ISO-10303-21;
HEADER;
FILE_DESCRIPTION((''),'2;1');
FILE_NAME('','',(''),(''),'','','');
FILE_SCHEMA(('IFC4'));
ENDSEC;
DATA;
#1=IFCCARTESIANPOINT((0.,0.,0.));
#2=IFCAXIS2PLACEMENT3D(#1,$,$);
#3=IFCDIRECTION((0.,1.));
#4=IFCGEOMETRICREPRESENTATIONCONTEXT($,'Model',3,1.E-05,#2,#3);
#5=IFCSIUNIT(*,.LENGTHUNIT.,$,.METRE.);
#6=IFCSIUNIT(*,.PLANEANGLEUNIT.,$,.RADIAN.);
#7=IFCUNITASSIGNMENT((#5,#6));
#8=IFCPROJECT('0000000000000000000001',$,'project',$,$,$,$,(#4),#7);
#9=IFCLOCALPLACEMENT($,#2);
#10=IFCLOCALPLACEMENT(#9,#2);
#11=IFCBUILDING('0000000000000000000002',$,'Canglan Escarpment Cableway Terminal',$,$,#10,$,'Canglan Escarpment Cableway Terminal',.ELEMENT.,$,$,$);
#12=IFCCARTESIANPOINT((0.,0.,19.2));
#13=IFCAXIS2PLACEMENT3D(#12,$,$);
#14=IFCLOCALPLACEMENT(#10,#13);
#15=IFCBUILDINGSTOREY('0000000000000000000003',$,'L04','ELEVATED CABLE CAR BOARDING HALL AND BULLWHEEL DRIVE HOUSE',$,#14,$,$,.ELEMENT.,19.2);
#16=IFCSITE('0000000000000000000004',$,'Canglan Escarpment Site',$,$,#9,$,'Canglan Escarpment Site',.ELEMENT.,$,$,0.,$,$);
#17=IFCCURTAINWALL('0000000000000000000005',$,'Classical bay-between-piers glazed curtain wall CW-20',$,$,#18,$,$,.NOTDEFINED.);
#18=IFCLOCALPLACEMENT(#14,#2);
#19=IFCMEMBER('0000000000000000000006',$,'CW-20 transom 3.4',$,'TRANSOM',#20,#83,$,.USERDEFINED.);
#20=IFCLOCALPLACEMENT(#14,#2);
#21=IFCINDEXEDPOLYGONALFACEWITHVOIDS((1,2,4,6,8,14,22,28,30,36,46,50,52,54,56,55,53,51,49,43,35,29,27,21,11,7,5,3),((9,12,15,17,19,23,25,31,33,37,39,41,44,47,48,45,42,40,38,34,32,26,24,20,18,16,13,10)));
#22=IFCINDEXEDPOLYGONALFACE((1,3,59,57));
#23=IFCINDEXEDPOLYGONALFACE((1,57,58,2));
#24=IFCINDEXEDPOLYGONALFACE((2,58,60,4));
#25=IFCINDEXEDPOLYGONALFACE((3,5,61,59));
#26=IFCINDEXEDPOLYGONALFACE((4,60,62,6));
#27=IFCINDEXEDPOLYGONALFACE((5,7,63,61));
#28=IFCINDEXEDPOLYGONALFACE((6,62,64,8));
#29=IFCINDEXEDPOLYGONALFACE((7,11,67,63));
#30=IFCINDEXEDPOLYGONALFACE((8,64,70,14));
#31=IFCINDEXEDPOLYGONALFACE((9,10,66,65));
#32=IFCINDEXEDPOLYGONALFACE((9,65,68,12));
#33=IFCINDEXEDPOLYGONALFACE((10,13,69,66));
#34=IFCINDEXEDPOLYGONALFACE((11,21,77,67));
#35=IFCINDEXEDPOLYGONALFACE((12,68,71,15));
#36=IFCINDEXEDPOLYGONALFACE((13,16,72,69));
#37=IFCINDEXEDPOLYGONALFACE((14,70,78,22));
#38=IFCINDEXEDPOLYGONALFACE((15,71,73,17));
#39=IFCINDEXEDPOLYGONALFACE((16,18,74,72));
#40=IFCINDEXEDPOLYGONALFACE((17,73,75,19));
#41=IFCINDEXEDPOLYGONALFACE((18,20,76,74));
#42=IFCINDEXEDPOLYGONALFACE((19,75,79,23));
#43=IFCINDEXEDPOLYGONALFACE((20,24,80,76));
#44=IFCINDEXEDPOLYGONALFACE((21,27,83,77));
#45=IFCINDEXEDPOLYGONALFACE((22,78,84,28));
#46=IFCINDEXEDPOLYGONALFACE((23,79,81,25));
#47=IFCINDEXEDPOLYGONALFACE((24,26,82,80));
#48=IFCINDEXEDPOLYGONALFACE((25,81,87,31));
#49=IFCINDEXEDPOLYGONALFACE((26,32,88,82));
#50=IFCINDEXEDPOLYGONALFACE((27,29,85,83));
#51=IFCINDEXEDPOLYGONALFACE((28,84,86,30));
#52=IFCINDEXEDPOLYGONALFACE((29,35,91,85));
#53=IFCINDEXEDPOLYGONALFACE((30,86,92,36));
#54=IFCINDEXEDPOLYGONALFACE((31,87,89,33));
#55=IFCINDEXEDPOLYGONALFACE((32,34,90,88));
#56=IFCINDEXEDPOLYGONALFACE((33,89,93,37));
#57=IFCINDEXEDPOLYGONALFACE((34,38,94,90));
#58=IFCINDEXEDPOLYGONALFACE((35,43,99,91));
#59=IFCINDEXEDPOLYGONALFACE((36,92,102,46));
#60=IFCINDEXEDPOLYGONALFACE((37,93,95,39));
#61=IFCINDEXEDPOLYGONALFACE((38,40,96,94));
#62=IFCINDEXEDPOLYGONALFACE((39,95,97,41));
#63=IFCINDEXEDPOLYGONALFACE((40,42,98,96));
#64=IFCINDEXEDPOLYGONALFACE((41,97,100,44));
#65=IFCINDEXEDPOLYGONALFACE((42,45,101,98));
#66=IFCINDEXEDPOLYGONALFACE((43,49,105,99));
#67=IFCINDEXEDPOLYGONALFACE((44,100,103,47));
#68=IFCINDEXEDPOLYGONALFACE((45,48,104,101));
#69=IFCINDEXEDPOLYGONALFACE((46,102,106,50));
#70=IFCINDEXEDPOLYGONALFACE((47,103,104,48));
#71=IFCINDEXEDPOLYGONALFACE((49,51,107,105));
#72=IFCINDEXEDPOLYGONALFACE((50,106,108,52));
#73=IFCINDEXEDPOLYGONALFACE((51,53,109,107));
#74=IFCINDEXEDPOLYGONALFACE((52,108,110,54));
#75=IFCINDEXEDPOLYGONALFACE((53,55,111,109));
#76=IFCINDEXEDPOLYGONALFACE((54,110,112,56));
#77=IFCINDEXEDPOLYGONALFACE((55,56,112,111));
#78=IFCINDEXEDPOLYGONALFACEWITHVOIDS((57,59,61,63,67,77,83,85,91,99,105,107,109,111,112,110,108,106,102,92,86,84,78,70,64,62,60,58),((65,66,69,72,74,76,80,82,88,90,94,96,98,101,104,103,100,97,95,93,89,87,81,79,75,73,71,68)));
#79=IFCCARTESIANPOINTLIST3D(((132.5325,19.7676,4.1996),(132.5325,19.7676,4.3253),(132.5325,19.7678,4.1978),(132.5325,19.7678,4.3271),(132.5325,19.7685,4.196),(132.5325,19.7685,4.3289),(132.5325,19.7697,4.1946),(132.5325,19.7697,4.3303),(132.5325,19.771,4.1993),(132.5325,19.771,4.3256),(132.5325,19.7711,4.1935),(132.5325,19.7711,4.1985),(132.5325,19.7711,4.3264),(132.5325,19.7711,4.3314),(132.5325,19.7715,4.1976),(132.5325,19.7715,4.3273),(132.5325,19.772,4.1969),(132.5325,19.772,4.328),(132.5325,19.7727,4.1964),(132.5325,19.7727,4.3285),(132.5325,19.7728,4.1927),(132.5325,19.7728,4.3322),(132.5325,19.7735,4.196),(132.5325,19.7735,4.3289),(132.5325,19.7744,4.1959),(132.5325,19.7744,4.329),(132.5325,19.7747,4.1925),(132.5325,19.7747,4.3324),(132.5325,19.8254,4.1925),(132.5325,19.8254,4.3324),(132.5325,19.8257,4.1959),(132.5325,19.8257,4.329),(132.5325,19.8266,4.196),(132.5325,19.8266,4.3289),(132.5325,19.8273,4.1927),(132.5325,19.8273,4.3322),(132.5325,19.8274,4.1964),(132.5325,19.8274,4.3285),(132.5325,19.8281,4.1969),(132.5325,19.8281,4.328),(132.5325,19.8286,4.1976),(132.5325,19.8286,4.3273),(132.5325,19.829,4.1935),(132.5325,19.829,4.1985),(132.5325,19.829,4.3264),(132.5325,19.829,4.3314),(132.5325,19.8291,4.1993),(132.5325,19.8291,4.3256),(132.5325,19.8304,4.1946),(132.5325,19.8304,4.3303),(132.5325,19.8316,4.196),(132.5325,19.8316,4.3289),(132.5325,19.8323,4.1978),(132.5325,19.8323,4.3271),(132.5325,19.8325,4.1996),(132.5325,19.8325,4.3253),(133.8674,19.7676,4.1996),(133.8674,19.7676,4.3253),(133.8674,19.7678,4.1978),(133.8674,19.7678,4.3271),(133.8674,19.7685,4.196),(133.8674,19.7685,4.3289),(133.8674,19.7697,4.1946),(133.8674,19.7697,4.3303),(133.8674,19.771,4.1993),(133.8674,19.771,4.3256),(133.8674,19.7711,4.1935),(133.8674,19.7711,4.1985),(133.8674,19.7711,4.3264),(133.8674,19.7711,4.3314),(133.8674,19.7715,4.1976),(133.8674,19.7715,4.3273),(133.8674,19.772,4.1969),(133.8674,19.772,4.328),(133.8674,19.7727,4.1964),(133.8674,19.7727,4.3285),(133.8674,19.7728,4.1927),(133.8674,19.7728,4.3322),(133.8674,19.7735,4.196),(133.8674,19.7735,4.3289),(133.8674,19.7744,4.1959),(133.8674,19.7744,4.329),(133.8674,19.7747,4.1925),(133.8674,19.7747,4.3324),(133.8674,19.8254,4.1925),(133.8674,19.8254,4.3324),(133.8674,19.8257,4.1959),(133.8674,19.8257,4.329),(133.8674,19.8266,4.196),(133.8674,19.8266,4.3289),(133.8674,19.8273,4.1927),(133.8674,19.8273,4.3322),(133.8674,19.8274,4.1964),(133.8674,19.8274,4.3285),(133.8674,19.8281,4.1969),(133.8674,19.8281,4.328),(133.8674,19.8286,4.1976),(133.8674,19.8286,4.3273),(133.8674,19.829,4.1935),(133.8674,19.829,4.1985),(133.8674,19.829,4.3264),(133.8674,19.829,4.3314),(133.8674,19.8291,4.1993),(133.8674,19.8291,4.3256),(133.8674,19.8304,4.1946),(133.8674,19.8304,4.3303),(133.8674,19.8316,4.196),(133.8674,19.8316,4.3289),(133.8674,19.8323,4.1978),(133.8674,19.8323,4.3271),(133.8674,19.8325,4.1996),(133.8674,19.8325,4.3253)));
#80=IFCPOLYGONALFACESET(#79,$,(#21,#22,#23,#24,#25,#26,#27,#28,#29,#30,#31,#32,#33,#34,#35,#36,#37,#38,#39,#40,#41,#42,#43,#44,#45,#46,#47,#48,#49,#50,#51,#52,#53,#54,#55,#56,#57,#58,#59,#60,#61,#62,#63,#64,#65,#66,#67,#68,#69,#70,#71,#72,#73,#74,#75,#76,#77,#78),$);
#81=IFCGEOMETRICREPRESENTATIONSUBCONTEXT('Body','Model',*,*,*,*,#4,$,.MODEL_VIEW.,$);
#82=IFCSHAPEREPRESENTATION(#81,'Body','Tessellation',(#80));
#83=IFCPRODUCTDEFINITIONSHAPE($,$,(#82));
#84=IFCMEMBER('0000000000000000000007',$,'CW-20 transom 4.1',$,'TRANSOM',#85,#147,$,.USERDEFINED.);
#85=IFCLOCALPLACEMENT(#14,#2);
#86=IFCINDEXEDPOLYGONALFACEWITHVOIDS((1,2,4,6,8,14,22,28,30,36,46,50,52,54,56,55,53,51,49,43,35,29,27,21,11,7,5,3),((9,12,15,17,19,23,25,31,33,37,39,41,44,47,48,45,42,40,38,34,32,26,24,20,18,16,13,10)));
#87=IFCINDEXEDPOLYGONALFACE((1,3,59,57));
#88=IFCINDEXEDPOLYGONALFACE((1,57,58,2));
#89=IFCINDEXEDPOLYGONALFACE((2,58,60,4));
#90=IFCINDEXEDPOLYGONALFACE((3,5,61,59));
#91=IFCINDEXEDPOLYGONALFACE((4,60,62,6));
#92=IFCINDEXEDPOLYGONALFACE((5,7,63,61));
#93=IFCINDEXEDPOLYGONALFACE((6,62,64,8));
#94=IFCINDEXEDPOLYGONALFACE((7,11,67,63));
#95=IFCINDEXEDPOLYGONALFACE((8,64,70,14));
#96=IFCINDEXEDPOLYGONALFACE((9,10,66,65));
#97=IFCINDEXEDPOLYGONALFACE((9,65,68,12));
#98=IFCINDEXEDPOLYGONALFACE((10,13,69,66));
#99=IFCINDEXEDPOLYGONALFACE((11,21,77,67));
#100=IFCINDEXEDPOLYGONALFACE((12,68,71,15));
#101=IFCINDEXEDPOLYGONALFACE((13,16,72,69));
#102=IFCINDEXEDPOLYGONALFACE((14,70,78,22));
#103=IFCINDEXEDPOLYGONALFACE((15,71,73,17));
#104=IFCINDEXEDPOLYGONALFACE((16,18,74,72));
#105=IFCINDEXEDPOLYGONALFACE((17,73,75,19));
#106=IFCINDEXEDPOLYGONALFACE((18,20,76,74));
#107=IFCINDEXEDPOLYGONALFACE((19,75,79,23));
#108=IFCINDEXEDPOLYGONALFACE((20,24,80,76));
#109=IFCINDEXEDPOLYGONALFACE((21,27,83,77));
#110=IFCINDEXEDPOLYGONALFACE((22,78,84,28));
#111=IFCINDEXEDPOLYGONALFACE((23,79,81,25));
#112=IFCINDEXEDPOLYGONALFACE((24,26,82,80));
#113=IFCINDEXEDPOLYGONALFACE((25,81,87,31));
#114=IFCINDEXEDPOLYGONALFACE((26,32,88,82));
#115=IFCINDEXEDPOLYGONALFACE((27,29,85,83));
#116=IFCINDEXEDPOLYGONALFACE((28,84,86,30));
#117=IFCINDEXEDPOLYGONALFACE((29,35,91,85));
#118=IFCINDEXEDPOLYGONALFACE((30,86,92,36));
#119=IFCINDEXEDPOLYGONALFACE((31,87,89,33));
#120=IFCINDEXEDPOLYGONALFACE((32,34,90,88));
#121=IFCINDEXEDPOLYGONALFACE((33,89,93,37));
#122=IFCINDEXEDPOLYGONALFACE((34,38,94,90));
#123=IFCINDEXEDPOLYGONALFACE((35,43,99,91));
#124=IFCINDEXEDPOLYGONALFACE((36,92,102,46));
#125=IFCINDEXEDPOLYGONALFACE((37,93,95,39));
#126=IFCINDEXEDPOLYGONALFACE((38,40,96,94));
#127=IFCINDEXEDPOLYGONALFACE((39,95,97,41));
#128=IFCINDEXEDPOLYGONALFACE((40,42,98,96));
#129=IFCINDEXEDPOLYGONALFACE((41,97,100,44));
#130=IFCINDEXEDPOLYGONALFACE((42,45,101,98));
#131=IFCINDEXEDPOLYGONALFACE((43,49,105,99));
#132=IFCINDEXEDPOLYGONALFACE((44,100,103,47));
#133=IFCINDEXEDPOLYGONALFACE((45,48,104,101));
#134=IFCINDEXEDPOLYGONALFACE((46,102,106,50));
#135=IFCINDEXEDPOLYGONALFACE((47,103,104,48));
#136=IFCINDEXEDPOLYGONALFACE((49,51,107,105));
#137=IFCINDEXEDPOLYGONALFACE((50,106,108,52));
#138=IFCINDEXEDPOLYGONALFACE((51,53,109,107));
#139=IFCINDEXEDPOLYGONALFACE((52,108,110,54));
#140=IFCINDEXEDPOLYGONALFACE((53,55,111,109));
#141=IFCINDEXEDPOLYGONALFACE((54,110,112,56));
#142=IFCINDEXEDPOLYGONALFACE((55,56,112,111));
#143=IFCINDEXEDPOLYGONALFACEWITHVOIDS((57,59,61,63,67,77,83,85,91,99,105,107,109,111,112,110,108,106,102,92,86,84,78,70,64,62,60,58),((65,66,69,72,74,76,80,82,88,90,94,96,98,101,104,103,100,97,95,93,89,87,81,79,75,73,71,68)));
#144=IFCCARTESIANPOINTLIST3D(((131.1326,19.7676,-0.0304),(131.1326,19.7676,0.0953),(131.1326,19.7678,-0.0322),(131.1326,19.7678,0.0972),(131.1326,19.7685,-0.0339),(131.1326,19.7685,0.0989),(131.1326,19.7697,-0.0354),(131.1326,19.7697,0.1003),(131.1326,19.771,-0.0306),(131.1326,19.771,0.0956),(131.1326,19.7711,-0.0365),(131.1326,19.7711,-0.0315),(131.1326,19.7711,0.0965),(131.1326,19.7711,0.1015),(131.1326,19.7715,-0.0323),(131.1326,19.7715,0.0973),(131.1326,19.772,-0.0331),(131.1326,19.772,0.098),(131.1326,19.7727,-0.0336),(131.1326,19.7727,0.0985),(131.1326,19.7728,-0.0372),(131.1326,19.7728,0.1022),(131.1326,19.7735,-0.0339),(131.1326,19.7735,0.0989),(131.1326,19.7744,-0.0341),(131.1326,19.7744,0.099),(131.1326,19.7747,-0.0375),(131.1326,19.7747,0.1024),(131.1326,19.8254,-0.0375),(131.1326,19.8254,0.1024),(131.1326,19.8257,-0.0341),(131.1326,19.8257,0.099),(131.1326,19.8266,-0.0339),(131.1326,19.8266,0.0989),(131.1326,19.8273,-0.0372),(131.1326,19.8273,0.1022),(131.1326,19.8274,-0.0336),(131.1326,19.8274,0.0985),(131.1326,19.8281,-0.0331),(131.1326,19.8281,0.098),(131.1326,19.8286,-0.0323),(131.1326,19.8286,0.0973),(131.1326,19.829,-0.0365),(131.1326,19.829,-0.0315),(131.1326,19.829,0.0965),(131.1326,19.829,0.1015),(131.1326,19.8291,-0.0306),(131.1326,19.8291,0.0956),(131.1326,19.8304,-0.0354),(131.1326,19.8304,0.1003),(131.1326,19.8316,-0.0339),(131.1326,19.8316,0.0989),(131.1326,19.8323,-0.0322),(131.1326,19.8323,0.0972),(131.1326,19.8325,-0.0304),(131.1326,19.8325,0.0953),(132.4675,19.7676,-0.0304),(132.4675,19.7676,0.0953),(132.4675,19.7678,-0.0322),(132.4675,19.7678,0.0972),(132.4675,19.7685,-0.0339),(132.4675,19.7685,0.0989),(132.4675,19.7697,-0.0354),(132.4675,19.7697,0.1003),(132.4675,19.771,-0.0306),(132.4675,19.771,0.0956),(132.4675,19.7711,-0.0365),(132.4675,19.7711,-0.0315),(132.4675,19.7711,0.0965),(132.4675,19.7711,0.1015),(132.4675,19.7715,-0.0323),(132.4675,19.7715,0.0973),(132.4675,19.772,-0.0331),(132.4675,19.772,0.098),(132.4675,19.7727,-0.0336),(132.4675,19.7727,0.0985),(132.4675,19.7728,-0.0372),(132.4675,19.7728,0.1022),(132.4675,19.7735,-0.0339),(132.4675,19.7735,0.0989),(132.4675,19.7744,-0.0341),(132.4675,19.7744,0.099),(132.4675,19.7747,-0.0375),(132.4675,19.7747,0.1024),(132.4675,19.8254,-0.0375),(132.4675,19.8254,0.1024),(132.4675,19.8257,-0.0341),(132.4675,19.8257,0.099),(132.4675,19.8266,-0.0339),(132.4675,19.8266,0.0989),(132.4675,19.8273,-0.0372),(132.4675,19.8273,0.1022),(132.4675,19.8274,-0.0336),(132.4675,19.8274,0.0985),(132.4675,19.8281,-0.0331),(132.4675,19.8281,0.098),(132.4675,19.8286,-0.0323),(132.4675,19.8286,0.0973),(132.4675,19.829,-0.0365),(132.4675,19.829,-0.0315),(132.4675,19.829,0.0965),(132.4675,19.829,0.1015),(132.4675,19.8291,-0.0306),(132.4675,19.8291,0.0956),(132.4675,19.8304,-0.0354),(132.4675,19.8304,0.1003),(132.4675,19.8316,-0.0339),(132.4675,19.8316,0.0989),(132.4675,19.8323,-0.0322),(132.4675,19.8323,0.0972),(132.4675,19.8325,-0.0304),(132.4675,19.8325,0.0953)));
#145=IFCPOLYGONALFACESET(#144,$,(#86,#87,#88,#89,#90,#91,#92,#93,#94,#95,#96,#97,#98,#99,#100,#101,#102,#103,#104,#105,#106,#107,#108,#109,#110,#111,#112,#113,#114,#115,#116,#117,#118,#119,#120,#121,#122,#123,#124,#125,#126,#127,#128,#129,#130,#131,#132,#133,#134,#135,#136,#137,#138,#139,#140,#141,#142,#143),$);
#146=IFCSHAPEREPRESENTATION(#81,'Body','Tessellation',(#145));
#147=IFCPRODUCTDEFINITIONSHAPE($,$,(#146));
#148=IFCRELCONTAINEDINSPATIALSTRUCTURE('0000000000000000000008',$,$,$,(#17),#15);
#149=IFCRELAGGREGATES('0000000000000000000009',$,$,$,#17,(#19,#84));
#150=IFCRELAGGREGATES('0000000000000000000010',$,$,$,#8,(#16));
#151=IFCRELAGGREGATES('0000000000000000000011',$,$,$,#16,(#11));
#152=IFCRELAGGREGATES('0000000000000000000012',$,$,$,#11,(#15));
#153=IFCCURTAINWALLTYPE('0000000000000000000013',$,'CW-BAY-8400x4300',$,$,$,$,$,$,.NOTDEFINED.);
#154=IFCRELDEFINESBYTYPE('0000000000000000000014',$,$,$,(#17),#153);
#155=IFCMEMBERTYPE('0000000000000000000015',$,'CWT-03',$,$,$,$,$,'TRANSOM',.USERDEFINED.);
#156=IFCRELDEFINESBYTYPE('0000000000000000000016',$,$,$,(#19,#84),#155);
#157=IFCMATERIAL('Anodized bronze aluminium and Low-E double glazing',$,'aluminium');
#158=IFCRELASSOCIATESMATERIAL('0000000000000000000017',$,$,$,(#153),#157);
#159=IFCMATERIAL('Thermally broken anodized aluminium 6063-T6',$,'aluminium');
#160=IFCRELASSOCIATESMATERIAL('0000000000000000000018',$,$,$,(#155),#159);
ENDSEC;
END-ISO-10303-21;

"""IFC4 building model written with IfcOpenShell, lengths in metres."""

from ifc_helpers import new_model, si_unit, direction, frame, origin, origin_2d, place, context, subcontext, project, spatial, hollow_rectangle, extrude, material, material_profile, profile_set, type_object, element, aggregate, save


model = new_model("IFC4")

# Units and contexts
model_context = context("Model", 3, precision=1e-05, world=origin(), true_north=direction((0.0, 1.0)))
body_context = subcontext(model_context, "Body", "Model", "MODEL_VIEW")
ifc_project = project(units=[si_unit("LENGTHUNIT", "METRE"), si_unit("PLANEANGLEUNIT", "RADIAN")], contexts=[model_context])

# Site, building, storey
site_placement = place(None, origin())
site = spatial("IfcSite", under=ifc_project, at=site_placement, Name="Canglan Escarpment Site", LongName="Canglan Escarpment Site", CompositionType="ELEMENT", RefElevation=0.0)
building_placement = place(site_placement, origin())
building = spatial("IfcBuilding", under=site, at=building_placement, Name="Canglan Escarpment Cableway Terminal", LongName="Canglan Escarpment Cableway Terminal", CompositionType="ELEMENT")
storey_placement = place(building_placement, frame((0.0, 0.0, 19.2)))
storey = spatial("IfcBuildingStorey", under=building, at=storey_placement, Name="L04", Description="ELEVATED CABLE CAR BOARDING HALL AND BULLWHEEL DRIVE HOUSE", CompositionType="ELEMENT", Elevation=19.2)

# Curtain wall, members
ifc_material_1 = material(Name="Anodized bronze aluminium and Low-E double glazing", Category="aluminium")
curtain_wall_type = type_object("IfcCurtainWallType", Name="CW-BAY-8400x4300", PredefinedType="NOTDEFINED", material=ifc_material_1)
curtain_wall_placement = place(storey_placement, origin())
curtain_wall = element("IfcCurtainWall", 1, at=curtain_wall_placement, inside=storey, type_object=curtain_wall_type, Name="Classical bay-between-piers glazed curtain wall CW-20", PredefinedType="NOTDEFINED")
ifc_material_2 = material(Name="Thermally broken anodized aluminium 6063-T6", Category="aluminium")
ifc_material_profile_1 = material_profile(ifc_material_2, hollow_rectangle(XDim=0.0649, YDim=0.1399, WallThickness=0.0034, InnerFilletRadius=0.0034, OuterFilletRadius=0.0071, at=origin_2d()), Name="ALU-TRAN 65x140x3.5")
ifc_profile_set_1 = profile_set([ifc_material_profile_1], Name="Thermally broken anodized aluminium 6063-T6")
member_type_1 = type_object("IfcMemberType", Name="CWT-03", ElementType="TRANSOM", PredefinedType="USERDEFINED", material=ifc_profile_set_1)
member_1_placement = place(storey_placement, frame((133.8674, 19.8, 4.2625), z_axis=(-1.0, 0.0, 0.0), x_axis=(0.0, -1.0, 0.0)))
member_1 = element("IfcMember", 2, at=member_1_placement, type_object=member_type_1, Name="CW-20 transom 3.4", ObjectType="TRANSOM", PredefinedType="USERDEFINED", context=body_context, shape_type="SweptSolid", body=[
    extrude(hollow_rectangle(XDim=0.0649, YDim=0.1399, WallThickness=0.0034, InnerFilletRadius=0.0034, OuterFilletRadius=0.0071, at=origin_2d()), origin(), (0.0, 0.0, 1.0), 1.335),
])
member_2_placement = place(storey_placement, frame((132.4675, 19.8, 0.0325), z_axis=(-1.0, 0.0, 0.0), x_axis=(0.0, -1.0, 0.0)))
member_2 = element("IfcMember", 3, at=member_2_placement, type_object=member_type_1, Name="CW-20 transom 4.1", ObjectType="TRANSOM", PredefinedType="USERDEFINED", context=body_context, shape_type="SweptSolid", body=[
    extrude(hollow_rectangle(XDim=0.0649, YDim=0.1399, WallThickness=0.0034, InnerFilletRadius=0.0034, OuterFilletRadius=0.0071, at=origin_2d()), origin(), (0.0, 0.0, 1.0), 1.335),
])
aggregate(curtain_wall, [member_1, member_2])

save(model, "model.ifc")
